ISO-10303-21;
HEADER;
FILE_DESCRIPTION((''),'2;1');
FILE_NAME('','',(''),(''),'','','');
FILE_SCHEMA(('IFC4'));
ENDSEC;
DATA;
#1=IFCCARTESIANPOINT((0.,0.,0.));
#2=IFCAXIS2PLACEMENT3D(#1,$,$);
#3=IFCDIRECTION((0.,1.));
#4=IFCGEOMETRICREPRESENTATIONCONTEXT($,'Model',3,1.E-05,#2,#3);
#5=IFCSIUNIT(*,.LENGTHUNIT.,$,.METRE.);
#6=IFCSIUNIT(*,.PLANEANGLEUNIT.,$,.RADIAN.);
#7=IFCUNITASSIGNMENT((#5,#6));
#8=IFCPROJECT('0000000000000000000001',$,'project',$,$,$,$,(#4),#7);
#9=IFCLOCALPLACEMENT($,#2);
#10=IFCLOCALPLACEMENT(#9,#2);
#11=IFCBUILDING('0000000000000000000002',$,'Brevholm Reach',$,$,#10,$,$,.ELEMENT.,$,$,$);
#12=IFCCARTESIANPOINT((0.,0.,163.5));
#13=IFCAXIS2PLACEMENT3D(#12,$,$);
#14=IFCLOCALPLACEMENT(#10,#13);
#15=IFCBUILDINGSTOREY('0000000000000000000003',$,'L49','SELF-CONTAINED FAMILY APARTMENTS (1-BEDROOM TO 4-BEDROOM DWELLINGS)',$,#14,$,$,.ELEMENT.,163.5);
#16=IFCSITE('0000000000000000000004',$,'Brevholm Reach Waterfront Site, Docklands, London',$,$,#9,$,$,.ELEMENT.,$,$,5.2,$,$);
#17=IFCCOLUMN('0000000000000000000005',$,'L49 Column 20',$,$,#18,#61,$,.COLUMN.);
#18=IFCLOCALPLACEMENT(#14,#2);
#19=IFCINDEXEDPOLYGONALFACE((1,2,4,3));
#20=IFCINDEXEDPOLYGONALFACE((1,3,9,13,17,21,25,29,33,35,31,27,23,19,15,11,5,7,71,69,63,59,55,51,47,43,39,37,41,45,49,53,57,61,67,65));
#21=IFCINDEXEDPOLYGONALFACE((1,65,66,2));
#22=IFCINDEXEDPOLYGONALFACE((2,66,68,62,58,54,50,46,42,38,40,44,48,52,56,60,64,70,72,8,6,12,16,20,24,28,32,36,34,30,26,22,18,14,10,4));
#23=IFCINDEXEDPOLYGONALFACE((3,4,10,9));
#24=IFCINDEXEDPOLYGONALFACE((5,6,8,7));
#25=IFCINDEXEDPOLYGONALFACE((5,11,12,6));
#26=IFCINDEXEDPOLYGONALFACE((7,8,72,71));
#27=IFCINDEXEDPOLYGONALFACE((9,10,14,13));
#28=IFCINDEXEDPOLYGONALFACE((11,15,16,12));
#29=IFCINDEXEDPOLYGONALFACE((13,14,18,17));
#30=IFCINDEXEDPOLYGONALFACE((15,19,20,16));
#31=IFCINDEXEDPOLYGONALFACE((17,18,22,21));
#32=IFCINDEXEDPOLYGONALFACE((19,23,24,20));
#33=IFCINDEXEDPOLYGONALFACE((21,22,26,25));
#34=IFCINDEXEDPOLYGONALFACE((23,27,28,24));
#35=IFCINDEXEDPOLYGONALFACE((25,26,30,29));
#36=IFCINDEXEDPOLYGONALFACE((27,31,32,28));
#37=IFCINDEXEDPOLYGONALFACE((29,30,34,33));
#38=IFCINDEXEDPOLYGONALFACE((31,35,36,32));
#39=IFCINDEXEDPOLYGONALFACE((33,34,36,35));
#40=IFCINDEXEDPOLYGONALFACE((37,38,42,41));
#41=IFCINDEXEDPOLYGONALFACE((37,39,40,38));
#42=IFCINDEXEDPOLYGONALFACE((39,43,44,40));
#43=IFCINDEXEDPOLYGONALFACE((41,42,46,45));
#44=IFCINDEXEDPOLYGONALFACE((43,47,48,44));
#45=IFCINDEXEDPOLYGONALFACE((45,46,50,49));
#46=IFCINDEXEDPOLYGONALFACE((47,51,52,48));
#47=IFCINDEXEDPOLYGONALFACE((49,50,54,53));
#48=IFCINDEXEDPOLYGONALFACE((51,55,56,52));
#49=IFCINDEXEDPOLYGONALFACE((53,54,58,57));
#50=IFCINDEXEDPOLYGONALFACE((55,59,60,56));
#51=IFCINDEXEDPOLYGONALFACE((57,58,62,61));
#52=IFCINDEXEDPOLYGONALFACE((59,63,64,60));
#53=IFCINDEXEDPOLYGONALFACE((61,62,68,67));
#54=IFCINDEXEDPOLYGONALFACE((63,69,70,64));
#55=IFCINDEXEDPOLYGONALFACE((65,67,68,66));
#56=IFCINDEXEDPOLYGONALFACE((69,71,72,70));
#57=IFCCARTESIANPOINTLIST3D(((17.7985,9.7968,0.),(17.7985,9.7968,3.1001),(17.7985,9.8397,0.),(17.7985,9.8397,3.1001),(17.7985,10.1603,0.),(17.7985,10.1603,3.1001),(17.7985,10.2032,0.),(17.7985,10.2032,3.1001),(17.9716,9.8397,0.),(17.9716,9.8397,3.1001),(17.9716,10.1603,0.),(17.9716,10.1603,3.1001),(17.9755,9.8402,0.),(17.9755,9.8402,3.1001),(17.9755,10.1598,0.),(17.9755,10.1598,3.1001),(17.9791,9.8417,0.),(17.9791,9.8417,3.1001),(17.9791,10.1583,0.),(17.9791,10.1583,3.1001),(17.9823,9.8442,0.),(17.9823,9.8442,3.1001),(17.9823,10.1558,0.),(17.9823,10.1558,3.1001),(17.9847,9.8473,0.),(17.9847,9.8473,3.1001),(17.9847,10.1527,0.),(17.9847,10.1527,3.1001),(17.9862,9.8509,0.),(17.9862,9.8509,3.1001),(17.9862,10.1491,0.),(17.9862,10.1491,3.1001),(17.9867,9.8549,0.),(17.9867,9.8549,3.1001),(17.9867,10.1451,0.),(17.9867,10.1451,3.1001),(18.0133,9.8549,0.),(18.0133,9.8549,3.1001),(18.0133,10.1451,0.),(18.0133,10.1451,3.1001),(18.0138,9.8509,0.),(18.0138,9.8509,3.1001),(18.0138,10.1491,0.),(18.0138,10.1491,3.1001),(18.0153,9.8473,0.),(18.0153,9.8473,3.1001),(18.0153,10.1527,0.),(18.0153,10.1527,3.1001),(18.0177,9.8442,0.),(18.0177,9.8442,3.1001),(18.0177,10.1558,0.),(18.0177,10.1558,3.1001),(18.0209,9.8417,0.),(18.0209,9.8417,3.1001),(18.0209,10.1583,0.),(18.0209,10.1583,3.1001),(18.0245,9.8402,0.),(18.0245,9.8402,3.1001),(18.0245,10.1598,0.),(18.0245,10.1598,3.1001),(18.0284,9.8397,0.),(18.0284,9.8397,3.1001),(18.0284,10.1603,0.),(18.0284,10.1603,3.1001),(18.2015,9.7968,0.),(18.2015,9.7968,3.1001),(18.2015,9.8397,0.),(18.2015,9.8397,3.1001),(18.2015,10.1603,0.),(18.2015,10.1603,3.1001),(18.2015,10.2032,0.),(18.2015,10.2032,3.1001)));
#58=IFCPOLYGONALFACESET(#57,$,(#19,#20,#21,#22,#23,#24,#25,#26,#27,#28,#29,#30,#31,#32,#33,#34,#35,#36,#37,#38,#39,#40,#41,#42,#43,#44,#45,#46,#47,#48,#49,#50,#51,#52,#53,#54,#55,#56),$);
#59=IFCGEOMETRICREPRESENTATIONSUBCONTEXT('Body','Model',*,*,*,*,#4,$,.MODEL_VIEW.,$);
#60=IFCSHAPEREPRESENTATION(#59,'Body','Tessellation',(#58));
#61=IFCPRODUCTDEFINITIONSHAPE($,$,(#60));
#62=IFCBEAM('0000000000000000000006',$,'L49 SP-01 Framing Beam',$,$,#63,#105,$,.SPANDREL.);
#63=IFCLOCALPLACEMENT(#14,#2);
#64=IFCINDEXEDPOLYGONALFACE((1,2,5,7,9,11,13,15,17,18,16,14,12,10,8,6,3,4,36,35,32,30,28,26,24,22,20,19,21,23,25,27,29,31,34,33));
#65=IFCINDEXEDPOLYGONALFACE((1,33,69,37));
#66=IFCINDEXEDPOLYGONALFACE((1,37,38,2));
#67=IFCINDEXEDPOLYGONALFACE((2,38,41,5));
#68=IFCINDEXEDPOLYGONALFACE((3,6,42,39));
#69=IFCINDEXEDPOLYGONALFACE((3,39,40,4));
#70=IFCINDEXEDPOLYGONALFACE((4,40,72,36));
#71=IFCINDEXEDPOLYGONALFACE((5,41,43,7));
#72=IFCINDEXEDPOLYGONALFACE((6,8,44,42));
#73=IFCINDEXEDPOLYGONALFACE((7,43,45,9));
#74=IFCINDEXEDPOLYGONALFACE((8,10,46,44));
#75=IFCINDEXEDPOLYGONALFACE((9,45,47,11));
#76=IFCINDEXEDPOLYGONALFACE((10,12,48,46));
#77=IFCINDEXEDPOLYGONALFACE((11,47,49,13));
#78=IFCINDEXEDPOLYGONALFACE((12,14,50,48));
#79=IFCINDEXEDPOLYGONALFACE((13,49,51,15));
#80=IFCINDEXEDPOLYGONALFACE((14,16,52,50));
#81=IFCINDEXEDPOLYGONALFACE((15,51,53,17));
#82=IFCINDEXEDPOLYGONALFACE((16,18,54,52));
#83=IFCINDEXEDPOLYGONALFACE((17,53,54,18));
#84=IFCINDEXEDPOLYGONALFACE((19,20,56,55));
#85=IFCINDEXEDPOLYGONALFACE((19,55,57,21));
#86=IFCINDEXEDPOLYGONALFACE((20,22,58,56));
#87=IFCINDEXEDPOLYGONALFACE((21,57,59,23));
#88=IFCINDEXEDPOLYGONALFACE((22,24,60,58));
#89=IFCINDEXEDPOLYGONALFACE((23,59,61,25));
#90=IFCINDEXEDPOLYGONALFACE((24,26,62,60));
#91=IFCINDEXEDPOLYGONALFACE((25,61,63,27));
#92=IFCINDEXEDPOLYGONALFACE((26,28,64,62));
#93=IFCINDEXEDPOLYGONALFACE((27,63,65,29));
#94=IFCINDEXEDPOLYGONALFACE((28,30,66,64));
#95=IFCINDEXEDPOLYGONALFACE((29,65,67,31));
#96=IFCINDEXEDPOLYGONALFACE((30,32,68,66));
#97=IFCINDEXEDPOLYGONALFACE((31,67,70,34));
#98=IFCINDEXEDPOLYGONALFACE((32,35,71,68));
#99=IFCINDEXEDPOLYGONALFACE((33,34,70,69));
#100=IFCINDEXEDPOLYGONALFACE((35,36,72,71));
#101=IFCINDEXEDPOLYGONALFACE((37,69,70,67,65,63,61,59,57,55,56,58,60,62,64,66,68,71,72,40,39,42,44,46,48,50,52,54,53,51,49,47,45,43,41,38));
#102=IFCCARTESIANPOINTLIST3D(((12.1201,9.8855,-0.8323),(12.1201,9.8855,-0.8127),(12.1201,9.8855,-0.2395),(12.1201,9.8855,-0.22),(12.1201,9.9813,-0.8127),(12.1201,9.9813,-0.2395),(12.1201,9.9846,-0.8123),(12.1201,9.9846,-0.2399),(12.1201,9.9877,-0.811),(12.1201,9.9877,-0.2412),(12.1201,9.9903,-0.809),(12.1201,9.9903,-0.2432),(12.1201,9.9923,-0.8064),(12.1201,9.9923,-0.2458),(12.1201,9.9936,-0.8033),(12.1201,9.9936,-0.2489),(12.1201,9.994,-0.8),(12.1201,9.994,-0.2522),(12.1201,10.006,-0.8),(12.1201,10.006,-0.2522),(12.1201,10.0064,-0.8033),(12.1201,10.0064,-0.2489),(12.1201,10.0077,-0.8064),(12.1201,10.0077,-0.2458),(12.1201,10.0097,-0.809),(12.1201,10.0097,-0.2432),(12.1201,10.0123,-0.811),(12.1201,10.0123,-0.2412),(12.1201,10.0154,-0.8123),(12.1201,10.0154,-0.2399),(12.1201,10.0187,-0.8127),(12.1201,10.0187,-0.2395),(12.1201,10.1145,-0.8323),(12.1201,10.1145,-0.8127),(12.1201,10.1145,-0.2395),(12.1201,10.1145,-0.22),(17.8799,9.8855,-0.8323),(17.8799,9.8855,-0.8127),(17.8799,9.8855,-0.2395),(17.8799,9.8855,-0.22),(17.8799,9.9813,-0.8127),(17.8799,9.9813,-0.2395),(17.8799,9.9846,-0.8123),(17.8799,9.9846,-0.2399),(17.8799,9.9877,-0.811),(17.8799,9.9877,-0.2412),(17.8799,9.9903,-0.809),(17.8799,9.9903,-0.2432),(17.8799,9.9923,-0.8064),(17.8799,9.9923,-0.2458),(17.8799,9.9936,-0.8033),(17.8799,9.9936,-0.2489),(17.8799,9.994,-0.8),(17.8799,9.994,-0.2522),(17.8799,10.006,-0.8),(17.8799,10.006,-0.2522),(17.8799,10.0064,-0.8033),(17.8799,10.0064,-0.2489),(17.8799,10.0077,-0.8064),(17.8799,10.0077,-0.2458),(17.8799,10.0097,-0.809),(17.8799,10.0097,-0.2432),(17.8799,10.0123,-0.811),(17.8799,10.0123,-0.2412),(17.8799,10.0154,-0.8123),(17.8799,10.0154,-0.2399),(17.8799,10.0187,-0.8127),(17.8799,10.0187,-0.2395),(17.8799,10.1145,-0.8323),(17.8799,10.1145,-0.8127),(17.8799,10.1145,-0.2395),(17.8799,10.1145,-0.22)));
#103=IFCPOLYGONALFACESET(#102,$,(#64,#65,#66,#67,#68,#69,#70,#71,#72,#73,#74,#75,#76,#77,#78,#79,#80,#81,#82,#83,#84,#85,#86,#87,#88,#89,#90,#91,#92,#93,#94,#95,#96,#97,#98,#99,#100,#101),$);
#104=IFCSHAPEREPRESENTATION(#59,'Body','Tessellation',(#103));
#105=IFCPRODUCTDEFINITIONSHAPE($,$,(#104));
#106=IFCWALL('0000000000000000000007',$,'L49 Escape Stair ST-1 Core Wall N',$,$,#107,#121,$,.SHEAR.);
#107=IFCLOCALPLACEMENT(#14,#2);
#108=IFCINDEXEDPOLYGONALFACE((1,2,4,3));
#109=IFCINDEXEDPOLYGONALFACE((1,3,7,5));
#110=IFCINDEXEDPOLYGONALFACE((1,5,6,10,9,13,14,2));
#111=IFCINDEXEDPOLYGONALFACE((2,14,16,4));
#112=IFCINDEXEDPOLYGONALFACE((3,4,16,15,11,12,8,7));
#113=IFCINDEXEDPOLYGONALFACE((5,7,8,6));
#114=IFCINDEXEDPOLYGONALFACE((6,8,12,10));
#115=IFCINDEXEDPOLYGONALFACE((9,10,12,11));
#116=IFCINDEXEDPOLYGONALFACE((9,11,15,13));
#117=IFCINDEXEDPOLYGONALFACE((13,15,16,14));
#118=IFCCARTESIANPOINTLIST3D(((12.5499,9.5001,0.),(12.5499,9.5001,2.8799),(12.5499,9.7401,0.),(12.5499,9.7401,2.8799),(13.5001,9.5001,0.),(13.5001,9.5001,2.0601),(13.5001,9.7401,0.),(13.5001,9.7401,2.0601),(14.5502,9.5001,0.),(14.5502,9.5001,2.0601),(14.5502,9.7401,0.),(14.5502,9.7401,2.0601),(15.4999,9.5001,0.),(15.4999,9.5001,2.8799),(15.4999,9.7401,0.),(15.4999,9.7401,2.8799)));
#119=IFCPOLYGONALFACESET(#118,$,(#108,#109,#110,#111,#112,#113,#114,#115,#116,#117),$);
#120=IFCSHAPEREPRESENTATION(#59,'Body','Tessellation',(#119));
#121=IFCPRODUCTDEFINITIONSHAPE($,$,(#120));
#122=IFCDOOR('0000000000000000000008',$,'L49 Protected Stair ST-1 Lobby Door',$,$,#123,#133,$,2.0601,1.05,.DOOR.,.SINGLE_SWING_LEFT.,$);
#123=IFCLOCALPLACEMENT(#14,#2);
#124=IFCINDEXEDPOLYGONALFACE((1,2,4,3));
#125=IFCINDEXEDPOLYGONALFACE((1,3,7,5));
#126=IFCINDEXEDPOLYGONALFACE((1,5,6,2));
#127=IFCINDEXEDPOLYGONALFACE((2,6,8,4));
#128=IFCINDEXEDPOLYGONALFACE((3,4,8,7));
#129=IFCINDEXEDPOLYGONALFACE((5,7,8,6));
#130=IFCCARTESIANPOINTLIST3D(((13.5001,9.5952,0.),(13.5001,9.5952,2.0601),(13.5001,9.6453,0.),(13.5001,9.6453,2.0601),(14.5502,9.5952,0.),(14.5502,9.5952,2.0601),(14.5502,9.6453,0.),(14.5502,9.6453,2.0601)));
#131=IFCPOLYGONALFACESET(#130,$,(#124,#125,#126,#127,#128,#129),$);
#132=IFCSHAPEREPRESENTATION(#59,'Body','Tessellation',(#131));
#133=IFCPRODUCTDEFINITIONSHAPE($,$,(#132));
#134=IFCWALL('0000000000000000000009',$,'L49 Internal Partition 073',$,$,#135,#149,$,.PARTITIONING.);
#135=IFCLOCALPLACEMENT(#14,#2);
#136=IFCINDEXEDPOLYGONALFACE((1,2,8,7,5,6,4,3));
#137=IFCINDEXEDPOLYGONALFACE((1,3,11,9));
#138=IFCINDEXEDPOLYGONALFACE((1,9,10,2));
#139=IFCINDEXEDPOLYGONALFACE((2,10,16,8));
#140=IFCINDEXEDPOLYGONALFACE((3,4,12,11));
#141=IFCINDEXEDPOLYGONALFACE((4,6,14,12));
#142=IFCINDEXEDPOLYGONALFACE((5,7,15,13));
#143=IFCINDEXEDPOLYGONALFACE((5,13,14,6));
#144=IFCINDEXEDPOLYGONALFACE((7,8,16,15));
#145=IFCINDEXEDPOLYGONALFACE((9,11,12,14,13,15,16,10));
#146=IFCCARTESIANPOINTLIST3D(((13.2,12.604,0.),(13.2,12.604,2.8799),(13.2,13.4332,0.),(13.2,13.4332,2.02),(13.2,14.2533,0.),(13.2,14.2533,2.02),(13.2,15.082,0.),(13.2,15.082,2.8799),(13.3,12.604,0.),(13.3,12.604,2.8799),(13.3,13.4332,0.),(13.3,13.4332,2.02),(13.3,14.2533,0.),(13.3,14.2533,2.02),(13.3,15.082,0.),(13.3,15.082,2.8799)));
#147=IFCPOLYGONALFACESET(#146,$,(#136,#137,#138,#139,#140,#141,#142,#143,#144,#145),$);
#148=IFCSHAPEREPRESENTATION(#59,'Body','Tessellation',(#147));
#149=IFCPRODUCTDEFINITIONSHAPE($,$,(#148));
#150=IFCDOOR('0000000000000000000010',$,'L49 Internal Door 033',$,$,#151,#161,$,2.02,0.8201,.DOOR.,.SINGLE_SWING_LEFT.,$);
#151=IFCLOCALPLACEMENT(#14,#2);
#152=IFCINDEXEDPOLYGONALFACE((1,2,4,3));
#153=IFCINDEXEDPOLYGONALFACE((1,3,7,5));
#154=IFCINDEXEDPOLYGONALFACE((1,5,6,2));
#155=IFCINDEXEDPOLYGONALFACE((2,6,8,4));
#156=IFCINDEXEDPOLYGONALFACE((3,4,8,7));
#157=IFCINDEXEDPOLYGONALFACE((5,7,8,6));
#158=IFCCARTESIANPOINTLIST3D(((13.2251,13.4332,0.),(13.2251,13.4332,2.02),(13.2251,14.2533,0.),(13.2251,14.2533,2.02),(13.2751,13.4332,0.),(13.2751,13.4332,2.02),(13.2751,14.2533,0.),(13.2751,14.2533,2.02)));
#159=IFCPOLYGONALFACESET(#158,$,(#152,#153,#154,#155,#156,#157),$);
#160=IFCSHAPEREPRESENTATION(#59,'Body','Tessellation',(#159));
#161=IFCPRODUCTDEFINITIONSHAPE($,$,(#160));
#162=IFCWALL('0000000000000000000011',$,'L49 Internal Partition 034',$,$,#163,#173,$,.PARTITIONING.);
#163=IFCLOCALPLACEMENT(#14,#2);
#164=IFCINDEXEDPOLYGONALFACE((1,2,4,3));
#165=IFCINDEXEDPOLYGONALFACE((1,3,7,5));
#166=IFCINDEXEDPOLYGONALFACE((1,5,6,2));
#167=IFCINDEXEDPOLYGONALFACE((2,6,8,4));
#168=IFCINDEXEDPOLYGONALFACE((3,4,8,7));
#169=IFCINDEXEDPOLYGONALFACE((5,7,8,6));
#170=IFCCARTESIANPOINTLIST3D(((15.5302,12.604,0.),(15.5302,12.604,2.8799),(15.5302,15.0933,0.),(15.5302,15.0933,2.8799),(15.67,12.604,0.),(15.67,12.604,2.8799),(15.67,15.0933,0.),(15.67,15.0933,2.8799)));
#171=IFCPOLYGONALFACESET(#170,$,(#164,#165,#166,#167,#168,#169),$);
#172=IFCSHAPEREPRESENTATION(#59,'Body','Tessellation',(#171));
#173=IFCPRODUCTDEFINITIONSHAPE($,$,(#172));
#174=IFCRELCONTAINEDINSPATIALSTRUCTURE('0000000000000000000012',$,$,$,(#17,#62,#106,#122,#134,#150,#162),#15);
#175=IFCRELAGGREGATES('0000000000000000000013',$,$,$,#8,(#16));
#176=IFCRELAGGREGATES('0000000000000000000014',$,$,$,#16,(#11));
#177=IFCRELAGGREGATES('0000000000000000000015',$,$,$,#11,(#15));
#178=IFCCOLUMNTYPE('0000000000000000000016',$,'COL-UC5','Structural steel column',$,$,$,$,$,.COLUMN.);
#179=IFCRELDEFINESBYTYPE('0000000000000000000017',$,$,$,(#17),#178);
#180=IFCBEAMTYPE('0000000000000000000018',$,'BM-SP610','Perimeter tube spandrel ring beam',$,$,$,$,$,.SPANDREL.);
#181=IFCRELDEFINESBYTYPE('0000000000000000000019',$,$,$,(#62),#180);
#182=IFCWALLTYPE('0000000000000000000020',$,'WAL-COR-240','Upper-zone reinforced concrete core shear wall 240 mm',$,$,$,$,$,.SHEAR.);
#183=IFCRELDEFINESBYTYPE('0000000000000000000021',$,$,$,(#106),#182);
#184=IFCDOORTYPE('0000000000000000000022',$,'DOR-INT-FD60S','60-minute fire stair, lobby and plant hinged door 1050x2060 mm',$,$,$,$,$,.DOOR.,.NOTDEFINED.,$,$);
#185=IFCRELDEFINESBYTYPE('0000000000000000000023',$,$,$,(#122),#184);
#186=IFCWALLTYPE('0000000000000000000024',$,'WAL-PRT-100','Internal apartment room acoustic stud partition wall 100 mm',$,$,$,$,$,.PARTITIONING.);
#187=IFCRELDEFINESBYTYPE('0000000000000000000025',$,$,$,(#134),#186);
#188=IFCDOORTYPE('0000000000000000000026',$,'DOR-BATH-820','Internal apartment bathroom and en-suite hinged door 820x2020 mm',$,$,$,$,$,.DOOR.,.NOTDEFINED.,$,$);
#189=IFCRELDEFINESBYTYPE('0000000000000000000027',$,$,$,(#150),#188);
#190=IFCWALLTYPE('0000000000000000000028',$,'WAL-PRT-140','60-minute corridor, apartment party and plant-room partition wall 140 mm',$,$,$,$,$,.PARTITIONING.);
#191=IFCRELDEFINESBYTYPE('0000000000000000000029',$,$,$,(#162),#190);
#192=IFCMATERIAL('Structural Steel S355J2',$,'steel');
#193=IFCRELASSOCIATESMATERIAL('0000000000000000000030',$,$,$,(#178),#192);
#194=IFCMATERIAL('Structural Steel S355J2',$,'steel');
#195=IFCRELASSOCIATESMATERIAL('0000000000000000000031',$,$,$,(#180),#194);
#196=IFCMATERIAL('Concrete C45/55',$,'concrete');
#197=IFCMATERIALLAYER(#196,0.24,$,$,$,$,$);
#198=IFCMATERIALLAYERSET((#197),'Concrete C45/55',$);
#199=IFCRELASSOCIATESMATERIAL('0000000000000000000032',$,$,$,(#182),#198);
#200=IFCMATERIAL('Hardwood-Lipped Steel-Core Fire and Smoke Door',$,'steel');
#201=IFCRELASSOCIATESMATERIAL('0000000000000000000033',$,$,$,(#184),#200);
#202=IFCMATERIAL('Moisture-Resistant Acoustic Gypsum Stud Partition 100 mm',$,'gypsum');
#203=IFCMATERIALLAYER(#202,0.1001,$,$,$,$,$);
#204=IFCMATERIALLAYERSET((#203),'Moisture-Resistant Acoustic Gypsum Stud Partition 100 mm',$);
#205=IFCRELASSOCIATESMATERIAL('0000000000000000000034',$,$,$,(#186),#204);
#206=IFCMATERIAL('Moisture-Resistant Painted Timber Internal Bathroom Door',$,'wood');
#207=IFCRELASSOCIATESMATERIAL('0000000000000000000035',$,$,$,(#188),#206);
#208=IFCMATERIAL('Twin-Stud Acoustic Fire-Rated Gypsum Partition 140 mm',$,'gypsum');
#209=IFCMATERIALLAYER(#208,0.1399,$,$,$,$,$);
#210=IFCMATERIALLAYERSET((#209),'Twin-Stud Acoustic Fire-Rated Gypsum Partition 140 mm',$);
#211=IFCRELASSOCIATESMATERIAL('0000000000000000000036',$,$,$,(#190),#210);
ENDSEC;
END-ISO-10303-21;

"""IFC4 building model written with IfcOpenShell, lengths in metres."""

from ifc_helpers import new_model, si_unit, direction, frame, frame_2d, origin, origin_2d, place, context, subcontext, project, spatial, rectangle, i_section, extrude, material, layer, layer_set, material_profile, profile_set, type_object, element, fill, save


model = new_model("IFC4")

# Units and contexts
model_context = context("Model", 3, precision=1e-05, world=origin(), true_north=direction((0.0, 1.0)))
body_context = subcontext(model_context, "Body", "Model", "MODEL_VIEW")
ifc_project = project(units=[si_unit("LENGTHUNIT", "METRE"), si_unit("PLANEANGLEUNIT", "RADIAN")], contexts=[model_context])

# Site, building, storey
site_placement = place(None, origin())
site = spatial("IfcSite", under=ifc_project, at=site_placement, Name="Brevholm Reach Waterfront Site, Docklands, London", CompositionType="ELEMENT", RefElevation=5.2)
building_placement = place(site_placement, origin())
building = spatial("IfcBuilding", under=site, at=building_placement, Name="Brevholm Reach", CompositionType="ELEMENT")
storey_placement = place(building_placement, frame((0.0, 0.0, 163.5)))
storey = spatial("IfcBuildingStorey", under=building, at=storey_placement, Name="L49", Description="SELF-CONTAINED FAMILY APARTMENTS (1-BEDROOM TO 4-BEDROOM DWELLINGS)", CompositionType="ELEMENT", Elevation=163.5)

# Column
ifc_material_1 = material(Name="Structural Steel S355J2", Category="steel")
ifc_material_profile_1 = material_profile(ifc_material_1, i_section(OverallWidth=0.4031, OverallDepth=0.4065, WebThickness=0.0266, FlangeThickness=0.043, FilletRadius=0.0151, at=origin_2d()), Name="UKC 356x406x340")
ifc_profile_set_1 = profile_set([ifc_material_profile_1], Name="Structural Steel S355J2")
column_type = type_object("IfcColumnType", Name="COL-UC5", Description="Structural steel column", PredefinedType="COLUMN", material=ifc_profile_set_1)
column_placement = place(storey_placement, frame((18.0, 10.0, 0.0), z_axis=(0.0, 0.0, 1.0), x_axis=(1.0, 0.0, 0.0)))
element("IfcColumn", 1, at=column_placement, inside=storey, type_object=column_type, Name="L49 Column 20", PredefinedType="COLUMN", context=body_context, shape_type="SweptSolid", body=[
    extrude(i_section(OverallWidth=0.4031, OverallDepth=0.4065, WebThickness=0.0266, FlangeThickness=0.043, FilletRadius=0.0151, at=origin_2d()), origin(), (0.0, 0.0, 1.0), 3.1001),
])

# Beam
ifc_material_2 = material(Name="Structural Steel S355J2", Category="steel")
ifc_material_profile_2 = material_profile(ifc_material_2, i_section(OverallWidth=0.229, OverallDepth=0.6123, WebThickness=0.012, FlangeThickness=0.0195, FilletRadius=0.0127, at=origin_2d()), Name="UKB 610x229x125")
ifc_profile_set_2 = profile_set([ifc_material_profile_2], Name="Structural Steel S355J2")
beam_type = type_object("IfcBeamType", Name="BM-SP610", Description="Perimeter tube spandrel ring beam", PredefinedType="SPANDREL", material=ifc_profile_set_2)
beam_placement = place(storey_placement, frame((12.1201, 10.0, -0.5261), z_axis=(1.0, 0.0, 0.0), x_axis=(0.0, 1.0, 0.0)))
element("IfcBeam", 2, at=beam_placement, inside=storey, type_object=beam_type, Name="L49 SP-01 Framing Beam", PredefinedType="SPANDREL", context=body_context, shape_type="SweptSolid", body=[
    extrude(i_section(OverallWidth=0.229, OverallDepth=0.6123, WebThickness=0.012, FlangeThickness=0.0195, FilletRadius=0.0127, at=origin_2d()), origin(), (0.0, 0.0, 1.0), 5.7598),
])

# Walls, openings, doors
ifc_material_3 = material(Name="Concrete C45/55", Category="concrete")
ifc_layer_1 = layer(ifc_material_3, 0.24)
ifc_layer_set_1 = layer_set([ifc_layer_1], Name="Concrete C45/55")
wall_type_1 = type_object("IfcWallType", Name="WAL-COR-240", Description="Upper-zone reinforced concrete core shear wall 240 mm", PredefinedType="SHEAR", material=ifc_layer_set_1)
wall_1_placement = place(storey_placement, frame((15.5, 9.6201, 0.0), z_axis=(0.0, 0.0, 1.0), x_axis=(-1.0, 0.0, 0.0)))
wall_1 = element("IfcWall", 3, at=wall_1_placement, inside=storey, type_object=wall_type_1, Name="L49 Escape Stair ST-1 Core Wall N", PredefinedType="SHEAR", context=body_context, shape_type="SweptSolid", body=[
    extrude(rectangle(XDim=2.95, YDim=0.24, at=frame_2d((1.4751, 0.0))), origin(), (0.0, 0.0, 1.0), 2.8799),
])
opening_1_placement = place(wall_1_placement, frame((0.95, 0.0, 0.0)))
opening_1 = element("IfcOpeningElement", 4, at=opening_1_placement, cuts=wall_1, PredefinedType="OPENING", context=body_context, shape_type="SweptSolid", body=[
    extrude(rectangle(XDim=1.05, YDim=2.0601, at=frame_2d((0.5249, 1.03))), frame((0.0, 0.1299, 0.0), z_axis=(0.0, -1.0, 0.0), x_axis=(1.0, 0.0, 0.0)), (0.0, 0.0, 1.0), 0.26),
])
ifc_material_4 = material(Name="Hardwood-Lipped Steel-Core Fire and Smoke Door", Category="steel")
door_type_1 = type_object("IfcDoorType", Name="DOR-INT-FD60S", Description="60-minute fire stair, lobby and plant hinged door 1050x2060 mm", OperationType="NOTDEFINED", PredefinedType="DOOR", material=ifc_material_4)
door_1_placement = place(opening_1_placement, origin())
door_1 = element("IfcDoor", 5, at=door_1_placement, inside=storey, type_object=door_type_1, Name="L49 Protected Stair ST-1 Lobby Door", OperationType="SINGLE_SWING_LEFT", OverallHeight=2.0601, OverallWidth=1.05, PredefinedType="DOOR", context=body_context, shape_type="SweptSolid", body=[
    extrude(rectangle(XDim=1.05, YDim=2.0601, at=frame_2d((0.5249, 1.03))), frame((0.0, 0.0249, 0.0), z_axis=(0.0, -1.0, 0.0), x_axis=(1.0, 0.0, 0.0)), (0.0, 0.0, 1.0), 0.05),
])
fill(opening_1, door_1)
ifc_material_5 = material(Name="Moisture-Resistant Acoustic Gypsum Stud Partition 100 mm", Category="gypsum")
ifc_layer_2 = layer(ifc_material_5, 0.1001)
ifc_layer_set_2 = layer_set([ifc_layer_2], Name="Moisture-Resistant Acoustic Gypsum Stud Partition 100 mm")
wall_type_2 = type_object("IfcWallType", Name="WAL-PRT-100", Description="Internal apartment room acoustic stud partition wall 100 mm", PredefinedType="PARTITIONING", material=ifc_layer_set_2)
wall_2_placement = place(storey_placement, frame((13.25, 12.604, 0.0), z_axis=(0.0, 0.0, 1.0), x_axis=(0.0, 1.0, 0.0)))
wall_2 = element("IfcWall", 6, at=wall_2_placement, inside=storey, type_object=wall_type_2, Name="L49 Internal Partition 073", PredefinedType="PARTITIONING", context=body_context, shape_type="SweptSolid", body=[
    extrude(rectangle(XDim=2.478, YDim=0.1001, at=frame_2d((1.239, 0.0))), origin(), (0.0, 0.0, 1.0), 2.8799),
])
opening_2_placement = place(wall_2_placement, frame((0.8291, 0.0, 0.0)))
opening_2 = element("IfcOpeningElement", 7, at=opening_2_placement, cuts=wall_2, PredefinedType="OPENING", context=body_context, shape_type="SweptSolid", body=[
    extrude(rectangle(XDim=0.8201, YDim=2.02, at=frame_2d((0.4102, 1.01))), frame((0.0, 0.0601, 0.0), z_axis=(0.0, -1.0, 0.0), x_axis=(1.0, 0.0, 0.0)), (0.0, 0.0, 1.0), 0.1201),
])
ifc_material_6 = material(Name="Moisture-Resistant Painted Timber Internal Bathroom Door", Category="wood")
door_type_2 = type_object("IfcDoorType", Name="DOR-BATH-820", Description="Internal apartment bathroom and en-suite hinged door 820x2020 mm", OperationType="NOTDEFINED", PredefinedType="DOOR", material=ifc_material_6)
door_2_placement = place(opening_2_placement, origin())
door_2 = element("IfcDoor", 8, at=door_2_placement, inside=storey, type_object=door_type_2, Name="L49 Internal Door 033", OperationType="SINGLE_SWING_LEFT", OverallHeight=2.02, OverallWidth=0.8201, PredefinedType="DOOR", context=body_context, shape_type="SweptSolid", body=[
    extrude(rectangle(XDim=0.8201, YDim=2.02, at=frame_2d((0.4102, 1.01))), frame((0.0, 0.0249, 0.0), z_axis=(0.0, -1.0, 0.0), x_axis=(1.0, 0.0, 0.0)), (0.0, 0.0, 1.0), 0.05),
])
fill(opening_2, door_2)

# Wall
ifc_material_7 = material(Name="Twin-Stud Acoustic Fire-Rated Gypsum Partition 140 mm", Category="gypsum")
ifc_layer_3 = layer(ifc_material_7, 0.1399)
ifc_layer_set_3 = layer_set([ifc_layer_3], Name="Twin-Stud Acoustic Fire-Rated Gypsum Partition 140 mm")
wall_type_3 = type_object("IfcWallType", Name="WAL-PRT-140", Description="60-minute corridor, apartment party and plant-room partition wall 140 mm", PredefinedType="PARTITIONING", material=ifc_layer_set_3)
wall_3_placement = place(storey_placement, frame((15.6001, 12.604, 0.0), z_axis=(0.0, 0.0, 1.0), x_axis=(0.0, 1.0, 0.0)))
element("IfcWall", 9, at=wall_3_placement, inside=storey, type_object=wall_type_3, Name="L49 Internal Partition 034", PredefinedType="PARTITIONING", context=body_context, shape_type="SweptSolid", body=[
    extrude(rectangle(XDim=2.4893, YDim=0.1399, at=frame_2d((1.2446, 0.0))), origin(), (0.0, 0.0, 1.0), 2.8799),
])

save(model, "model.ifc")
